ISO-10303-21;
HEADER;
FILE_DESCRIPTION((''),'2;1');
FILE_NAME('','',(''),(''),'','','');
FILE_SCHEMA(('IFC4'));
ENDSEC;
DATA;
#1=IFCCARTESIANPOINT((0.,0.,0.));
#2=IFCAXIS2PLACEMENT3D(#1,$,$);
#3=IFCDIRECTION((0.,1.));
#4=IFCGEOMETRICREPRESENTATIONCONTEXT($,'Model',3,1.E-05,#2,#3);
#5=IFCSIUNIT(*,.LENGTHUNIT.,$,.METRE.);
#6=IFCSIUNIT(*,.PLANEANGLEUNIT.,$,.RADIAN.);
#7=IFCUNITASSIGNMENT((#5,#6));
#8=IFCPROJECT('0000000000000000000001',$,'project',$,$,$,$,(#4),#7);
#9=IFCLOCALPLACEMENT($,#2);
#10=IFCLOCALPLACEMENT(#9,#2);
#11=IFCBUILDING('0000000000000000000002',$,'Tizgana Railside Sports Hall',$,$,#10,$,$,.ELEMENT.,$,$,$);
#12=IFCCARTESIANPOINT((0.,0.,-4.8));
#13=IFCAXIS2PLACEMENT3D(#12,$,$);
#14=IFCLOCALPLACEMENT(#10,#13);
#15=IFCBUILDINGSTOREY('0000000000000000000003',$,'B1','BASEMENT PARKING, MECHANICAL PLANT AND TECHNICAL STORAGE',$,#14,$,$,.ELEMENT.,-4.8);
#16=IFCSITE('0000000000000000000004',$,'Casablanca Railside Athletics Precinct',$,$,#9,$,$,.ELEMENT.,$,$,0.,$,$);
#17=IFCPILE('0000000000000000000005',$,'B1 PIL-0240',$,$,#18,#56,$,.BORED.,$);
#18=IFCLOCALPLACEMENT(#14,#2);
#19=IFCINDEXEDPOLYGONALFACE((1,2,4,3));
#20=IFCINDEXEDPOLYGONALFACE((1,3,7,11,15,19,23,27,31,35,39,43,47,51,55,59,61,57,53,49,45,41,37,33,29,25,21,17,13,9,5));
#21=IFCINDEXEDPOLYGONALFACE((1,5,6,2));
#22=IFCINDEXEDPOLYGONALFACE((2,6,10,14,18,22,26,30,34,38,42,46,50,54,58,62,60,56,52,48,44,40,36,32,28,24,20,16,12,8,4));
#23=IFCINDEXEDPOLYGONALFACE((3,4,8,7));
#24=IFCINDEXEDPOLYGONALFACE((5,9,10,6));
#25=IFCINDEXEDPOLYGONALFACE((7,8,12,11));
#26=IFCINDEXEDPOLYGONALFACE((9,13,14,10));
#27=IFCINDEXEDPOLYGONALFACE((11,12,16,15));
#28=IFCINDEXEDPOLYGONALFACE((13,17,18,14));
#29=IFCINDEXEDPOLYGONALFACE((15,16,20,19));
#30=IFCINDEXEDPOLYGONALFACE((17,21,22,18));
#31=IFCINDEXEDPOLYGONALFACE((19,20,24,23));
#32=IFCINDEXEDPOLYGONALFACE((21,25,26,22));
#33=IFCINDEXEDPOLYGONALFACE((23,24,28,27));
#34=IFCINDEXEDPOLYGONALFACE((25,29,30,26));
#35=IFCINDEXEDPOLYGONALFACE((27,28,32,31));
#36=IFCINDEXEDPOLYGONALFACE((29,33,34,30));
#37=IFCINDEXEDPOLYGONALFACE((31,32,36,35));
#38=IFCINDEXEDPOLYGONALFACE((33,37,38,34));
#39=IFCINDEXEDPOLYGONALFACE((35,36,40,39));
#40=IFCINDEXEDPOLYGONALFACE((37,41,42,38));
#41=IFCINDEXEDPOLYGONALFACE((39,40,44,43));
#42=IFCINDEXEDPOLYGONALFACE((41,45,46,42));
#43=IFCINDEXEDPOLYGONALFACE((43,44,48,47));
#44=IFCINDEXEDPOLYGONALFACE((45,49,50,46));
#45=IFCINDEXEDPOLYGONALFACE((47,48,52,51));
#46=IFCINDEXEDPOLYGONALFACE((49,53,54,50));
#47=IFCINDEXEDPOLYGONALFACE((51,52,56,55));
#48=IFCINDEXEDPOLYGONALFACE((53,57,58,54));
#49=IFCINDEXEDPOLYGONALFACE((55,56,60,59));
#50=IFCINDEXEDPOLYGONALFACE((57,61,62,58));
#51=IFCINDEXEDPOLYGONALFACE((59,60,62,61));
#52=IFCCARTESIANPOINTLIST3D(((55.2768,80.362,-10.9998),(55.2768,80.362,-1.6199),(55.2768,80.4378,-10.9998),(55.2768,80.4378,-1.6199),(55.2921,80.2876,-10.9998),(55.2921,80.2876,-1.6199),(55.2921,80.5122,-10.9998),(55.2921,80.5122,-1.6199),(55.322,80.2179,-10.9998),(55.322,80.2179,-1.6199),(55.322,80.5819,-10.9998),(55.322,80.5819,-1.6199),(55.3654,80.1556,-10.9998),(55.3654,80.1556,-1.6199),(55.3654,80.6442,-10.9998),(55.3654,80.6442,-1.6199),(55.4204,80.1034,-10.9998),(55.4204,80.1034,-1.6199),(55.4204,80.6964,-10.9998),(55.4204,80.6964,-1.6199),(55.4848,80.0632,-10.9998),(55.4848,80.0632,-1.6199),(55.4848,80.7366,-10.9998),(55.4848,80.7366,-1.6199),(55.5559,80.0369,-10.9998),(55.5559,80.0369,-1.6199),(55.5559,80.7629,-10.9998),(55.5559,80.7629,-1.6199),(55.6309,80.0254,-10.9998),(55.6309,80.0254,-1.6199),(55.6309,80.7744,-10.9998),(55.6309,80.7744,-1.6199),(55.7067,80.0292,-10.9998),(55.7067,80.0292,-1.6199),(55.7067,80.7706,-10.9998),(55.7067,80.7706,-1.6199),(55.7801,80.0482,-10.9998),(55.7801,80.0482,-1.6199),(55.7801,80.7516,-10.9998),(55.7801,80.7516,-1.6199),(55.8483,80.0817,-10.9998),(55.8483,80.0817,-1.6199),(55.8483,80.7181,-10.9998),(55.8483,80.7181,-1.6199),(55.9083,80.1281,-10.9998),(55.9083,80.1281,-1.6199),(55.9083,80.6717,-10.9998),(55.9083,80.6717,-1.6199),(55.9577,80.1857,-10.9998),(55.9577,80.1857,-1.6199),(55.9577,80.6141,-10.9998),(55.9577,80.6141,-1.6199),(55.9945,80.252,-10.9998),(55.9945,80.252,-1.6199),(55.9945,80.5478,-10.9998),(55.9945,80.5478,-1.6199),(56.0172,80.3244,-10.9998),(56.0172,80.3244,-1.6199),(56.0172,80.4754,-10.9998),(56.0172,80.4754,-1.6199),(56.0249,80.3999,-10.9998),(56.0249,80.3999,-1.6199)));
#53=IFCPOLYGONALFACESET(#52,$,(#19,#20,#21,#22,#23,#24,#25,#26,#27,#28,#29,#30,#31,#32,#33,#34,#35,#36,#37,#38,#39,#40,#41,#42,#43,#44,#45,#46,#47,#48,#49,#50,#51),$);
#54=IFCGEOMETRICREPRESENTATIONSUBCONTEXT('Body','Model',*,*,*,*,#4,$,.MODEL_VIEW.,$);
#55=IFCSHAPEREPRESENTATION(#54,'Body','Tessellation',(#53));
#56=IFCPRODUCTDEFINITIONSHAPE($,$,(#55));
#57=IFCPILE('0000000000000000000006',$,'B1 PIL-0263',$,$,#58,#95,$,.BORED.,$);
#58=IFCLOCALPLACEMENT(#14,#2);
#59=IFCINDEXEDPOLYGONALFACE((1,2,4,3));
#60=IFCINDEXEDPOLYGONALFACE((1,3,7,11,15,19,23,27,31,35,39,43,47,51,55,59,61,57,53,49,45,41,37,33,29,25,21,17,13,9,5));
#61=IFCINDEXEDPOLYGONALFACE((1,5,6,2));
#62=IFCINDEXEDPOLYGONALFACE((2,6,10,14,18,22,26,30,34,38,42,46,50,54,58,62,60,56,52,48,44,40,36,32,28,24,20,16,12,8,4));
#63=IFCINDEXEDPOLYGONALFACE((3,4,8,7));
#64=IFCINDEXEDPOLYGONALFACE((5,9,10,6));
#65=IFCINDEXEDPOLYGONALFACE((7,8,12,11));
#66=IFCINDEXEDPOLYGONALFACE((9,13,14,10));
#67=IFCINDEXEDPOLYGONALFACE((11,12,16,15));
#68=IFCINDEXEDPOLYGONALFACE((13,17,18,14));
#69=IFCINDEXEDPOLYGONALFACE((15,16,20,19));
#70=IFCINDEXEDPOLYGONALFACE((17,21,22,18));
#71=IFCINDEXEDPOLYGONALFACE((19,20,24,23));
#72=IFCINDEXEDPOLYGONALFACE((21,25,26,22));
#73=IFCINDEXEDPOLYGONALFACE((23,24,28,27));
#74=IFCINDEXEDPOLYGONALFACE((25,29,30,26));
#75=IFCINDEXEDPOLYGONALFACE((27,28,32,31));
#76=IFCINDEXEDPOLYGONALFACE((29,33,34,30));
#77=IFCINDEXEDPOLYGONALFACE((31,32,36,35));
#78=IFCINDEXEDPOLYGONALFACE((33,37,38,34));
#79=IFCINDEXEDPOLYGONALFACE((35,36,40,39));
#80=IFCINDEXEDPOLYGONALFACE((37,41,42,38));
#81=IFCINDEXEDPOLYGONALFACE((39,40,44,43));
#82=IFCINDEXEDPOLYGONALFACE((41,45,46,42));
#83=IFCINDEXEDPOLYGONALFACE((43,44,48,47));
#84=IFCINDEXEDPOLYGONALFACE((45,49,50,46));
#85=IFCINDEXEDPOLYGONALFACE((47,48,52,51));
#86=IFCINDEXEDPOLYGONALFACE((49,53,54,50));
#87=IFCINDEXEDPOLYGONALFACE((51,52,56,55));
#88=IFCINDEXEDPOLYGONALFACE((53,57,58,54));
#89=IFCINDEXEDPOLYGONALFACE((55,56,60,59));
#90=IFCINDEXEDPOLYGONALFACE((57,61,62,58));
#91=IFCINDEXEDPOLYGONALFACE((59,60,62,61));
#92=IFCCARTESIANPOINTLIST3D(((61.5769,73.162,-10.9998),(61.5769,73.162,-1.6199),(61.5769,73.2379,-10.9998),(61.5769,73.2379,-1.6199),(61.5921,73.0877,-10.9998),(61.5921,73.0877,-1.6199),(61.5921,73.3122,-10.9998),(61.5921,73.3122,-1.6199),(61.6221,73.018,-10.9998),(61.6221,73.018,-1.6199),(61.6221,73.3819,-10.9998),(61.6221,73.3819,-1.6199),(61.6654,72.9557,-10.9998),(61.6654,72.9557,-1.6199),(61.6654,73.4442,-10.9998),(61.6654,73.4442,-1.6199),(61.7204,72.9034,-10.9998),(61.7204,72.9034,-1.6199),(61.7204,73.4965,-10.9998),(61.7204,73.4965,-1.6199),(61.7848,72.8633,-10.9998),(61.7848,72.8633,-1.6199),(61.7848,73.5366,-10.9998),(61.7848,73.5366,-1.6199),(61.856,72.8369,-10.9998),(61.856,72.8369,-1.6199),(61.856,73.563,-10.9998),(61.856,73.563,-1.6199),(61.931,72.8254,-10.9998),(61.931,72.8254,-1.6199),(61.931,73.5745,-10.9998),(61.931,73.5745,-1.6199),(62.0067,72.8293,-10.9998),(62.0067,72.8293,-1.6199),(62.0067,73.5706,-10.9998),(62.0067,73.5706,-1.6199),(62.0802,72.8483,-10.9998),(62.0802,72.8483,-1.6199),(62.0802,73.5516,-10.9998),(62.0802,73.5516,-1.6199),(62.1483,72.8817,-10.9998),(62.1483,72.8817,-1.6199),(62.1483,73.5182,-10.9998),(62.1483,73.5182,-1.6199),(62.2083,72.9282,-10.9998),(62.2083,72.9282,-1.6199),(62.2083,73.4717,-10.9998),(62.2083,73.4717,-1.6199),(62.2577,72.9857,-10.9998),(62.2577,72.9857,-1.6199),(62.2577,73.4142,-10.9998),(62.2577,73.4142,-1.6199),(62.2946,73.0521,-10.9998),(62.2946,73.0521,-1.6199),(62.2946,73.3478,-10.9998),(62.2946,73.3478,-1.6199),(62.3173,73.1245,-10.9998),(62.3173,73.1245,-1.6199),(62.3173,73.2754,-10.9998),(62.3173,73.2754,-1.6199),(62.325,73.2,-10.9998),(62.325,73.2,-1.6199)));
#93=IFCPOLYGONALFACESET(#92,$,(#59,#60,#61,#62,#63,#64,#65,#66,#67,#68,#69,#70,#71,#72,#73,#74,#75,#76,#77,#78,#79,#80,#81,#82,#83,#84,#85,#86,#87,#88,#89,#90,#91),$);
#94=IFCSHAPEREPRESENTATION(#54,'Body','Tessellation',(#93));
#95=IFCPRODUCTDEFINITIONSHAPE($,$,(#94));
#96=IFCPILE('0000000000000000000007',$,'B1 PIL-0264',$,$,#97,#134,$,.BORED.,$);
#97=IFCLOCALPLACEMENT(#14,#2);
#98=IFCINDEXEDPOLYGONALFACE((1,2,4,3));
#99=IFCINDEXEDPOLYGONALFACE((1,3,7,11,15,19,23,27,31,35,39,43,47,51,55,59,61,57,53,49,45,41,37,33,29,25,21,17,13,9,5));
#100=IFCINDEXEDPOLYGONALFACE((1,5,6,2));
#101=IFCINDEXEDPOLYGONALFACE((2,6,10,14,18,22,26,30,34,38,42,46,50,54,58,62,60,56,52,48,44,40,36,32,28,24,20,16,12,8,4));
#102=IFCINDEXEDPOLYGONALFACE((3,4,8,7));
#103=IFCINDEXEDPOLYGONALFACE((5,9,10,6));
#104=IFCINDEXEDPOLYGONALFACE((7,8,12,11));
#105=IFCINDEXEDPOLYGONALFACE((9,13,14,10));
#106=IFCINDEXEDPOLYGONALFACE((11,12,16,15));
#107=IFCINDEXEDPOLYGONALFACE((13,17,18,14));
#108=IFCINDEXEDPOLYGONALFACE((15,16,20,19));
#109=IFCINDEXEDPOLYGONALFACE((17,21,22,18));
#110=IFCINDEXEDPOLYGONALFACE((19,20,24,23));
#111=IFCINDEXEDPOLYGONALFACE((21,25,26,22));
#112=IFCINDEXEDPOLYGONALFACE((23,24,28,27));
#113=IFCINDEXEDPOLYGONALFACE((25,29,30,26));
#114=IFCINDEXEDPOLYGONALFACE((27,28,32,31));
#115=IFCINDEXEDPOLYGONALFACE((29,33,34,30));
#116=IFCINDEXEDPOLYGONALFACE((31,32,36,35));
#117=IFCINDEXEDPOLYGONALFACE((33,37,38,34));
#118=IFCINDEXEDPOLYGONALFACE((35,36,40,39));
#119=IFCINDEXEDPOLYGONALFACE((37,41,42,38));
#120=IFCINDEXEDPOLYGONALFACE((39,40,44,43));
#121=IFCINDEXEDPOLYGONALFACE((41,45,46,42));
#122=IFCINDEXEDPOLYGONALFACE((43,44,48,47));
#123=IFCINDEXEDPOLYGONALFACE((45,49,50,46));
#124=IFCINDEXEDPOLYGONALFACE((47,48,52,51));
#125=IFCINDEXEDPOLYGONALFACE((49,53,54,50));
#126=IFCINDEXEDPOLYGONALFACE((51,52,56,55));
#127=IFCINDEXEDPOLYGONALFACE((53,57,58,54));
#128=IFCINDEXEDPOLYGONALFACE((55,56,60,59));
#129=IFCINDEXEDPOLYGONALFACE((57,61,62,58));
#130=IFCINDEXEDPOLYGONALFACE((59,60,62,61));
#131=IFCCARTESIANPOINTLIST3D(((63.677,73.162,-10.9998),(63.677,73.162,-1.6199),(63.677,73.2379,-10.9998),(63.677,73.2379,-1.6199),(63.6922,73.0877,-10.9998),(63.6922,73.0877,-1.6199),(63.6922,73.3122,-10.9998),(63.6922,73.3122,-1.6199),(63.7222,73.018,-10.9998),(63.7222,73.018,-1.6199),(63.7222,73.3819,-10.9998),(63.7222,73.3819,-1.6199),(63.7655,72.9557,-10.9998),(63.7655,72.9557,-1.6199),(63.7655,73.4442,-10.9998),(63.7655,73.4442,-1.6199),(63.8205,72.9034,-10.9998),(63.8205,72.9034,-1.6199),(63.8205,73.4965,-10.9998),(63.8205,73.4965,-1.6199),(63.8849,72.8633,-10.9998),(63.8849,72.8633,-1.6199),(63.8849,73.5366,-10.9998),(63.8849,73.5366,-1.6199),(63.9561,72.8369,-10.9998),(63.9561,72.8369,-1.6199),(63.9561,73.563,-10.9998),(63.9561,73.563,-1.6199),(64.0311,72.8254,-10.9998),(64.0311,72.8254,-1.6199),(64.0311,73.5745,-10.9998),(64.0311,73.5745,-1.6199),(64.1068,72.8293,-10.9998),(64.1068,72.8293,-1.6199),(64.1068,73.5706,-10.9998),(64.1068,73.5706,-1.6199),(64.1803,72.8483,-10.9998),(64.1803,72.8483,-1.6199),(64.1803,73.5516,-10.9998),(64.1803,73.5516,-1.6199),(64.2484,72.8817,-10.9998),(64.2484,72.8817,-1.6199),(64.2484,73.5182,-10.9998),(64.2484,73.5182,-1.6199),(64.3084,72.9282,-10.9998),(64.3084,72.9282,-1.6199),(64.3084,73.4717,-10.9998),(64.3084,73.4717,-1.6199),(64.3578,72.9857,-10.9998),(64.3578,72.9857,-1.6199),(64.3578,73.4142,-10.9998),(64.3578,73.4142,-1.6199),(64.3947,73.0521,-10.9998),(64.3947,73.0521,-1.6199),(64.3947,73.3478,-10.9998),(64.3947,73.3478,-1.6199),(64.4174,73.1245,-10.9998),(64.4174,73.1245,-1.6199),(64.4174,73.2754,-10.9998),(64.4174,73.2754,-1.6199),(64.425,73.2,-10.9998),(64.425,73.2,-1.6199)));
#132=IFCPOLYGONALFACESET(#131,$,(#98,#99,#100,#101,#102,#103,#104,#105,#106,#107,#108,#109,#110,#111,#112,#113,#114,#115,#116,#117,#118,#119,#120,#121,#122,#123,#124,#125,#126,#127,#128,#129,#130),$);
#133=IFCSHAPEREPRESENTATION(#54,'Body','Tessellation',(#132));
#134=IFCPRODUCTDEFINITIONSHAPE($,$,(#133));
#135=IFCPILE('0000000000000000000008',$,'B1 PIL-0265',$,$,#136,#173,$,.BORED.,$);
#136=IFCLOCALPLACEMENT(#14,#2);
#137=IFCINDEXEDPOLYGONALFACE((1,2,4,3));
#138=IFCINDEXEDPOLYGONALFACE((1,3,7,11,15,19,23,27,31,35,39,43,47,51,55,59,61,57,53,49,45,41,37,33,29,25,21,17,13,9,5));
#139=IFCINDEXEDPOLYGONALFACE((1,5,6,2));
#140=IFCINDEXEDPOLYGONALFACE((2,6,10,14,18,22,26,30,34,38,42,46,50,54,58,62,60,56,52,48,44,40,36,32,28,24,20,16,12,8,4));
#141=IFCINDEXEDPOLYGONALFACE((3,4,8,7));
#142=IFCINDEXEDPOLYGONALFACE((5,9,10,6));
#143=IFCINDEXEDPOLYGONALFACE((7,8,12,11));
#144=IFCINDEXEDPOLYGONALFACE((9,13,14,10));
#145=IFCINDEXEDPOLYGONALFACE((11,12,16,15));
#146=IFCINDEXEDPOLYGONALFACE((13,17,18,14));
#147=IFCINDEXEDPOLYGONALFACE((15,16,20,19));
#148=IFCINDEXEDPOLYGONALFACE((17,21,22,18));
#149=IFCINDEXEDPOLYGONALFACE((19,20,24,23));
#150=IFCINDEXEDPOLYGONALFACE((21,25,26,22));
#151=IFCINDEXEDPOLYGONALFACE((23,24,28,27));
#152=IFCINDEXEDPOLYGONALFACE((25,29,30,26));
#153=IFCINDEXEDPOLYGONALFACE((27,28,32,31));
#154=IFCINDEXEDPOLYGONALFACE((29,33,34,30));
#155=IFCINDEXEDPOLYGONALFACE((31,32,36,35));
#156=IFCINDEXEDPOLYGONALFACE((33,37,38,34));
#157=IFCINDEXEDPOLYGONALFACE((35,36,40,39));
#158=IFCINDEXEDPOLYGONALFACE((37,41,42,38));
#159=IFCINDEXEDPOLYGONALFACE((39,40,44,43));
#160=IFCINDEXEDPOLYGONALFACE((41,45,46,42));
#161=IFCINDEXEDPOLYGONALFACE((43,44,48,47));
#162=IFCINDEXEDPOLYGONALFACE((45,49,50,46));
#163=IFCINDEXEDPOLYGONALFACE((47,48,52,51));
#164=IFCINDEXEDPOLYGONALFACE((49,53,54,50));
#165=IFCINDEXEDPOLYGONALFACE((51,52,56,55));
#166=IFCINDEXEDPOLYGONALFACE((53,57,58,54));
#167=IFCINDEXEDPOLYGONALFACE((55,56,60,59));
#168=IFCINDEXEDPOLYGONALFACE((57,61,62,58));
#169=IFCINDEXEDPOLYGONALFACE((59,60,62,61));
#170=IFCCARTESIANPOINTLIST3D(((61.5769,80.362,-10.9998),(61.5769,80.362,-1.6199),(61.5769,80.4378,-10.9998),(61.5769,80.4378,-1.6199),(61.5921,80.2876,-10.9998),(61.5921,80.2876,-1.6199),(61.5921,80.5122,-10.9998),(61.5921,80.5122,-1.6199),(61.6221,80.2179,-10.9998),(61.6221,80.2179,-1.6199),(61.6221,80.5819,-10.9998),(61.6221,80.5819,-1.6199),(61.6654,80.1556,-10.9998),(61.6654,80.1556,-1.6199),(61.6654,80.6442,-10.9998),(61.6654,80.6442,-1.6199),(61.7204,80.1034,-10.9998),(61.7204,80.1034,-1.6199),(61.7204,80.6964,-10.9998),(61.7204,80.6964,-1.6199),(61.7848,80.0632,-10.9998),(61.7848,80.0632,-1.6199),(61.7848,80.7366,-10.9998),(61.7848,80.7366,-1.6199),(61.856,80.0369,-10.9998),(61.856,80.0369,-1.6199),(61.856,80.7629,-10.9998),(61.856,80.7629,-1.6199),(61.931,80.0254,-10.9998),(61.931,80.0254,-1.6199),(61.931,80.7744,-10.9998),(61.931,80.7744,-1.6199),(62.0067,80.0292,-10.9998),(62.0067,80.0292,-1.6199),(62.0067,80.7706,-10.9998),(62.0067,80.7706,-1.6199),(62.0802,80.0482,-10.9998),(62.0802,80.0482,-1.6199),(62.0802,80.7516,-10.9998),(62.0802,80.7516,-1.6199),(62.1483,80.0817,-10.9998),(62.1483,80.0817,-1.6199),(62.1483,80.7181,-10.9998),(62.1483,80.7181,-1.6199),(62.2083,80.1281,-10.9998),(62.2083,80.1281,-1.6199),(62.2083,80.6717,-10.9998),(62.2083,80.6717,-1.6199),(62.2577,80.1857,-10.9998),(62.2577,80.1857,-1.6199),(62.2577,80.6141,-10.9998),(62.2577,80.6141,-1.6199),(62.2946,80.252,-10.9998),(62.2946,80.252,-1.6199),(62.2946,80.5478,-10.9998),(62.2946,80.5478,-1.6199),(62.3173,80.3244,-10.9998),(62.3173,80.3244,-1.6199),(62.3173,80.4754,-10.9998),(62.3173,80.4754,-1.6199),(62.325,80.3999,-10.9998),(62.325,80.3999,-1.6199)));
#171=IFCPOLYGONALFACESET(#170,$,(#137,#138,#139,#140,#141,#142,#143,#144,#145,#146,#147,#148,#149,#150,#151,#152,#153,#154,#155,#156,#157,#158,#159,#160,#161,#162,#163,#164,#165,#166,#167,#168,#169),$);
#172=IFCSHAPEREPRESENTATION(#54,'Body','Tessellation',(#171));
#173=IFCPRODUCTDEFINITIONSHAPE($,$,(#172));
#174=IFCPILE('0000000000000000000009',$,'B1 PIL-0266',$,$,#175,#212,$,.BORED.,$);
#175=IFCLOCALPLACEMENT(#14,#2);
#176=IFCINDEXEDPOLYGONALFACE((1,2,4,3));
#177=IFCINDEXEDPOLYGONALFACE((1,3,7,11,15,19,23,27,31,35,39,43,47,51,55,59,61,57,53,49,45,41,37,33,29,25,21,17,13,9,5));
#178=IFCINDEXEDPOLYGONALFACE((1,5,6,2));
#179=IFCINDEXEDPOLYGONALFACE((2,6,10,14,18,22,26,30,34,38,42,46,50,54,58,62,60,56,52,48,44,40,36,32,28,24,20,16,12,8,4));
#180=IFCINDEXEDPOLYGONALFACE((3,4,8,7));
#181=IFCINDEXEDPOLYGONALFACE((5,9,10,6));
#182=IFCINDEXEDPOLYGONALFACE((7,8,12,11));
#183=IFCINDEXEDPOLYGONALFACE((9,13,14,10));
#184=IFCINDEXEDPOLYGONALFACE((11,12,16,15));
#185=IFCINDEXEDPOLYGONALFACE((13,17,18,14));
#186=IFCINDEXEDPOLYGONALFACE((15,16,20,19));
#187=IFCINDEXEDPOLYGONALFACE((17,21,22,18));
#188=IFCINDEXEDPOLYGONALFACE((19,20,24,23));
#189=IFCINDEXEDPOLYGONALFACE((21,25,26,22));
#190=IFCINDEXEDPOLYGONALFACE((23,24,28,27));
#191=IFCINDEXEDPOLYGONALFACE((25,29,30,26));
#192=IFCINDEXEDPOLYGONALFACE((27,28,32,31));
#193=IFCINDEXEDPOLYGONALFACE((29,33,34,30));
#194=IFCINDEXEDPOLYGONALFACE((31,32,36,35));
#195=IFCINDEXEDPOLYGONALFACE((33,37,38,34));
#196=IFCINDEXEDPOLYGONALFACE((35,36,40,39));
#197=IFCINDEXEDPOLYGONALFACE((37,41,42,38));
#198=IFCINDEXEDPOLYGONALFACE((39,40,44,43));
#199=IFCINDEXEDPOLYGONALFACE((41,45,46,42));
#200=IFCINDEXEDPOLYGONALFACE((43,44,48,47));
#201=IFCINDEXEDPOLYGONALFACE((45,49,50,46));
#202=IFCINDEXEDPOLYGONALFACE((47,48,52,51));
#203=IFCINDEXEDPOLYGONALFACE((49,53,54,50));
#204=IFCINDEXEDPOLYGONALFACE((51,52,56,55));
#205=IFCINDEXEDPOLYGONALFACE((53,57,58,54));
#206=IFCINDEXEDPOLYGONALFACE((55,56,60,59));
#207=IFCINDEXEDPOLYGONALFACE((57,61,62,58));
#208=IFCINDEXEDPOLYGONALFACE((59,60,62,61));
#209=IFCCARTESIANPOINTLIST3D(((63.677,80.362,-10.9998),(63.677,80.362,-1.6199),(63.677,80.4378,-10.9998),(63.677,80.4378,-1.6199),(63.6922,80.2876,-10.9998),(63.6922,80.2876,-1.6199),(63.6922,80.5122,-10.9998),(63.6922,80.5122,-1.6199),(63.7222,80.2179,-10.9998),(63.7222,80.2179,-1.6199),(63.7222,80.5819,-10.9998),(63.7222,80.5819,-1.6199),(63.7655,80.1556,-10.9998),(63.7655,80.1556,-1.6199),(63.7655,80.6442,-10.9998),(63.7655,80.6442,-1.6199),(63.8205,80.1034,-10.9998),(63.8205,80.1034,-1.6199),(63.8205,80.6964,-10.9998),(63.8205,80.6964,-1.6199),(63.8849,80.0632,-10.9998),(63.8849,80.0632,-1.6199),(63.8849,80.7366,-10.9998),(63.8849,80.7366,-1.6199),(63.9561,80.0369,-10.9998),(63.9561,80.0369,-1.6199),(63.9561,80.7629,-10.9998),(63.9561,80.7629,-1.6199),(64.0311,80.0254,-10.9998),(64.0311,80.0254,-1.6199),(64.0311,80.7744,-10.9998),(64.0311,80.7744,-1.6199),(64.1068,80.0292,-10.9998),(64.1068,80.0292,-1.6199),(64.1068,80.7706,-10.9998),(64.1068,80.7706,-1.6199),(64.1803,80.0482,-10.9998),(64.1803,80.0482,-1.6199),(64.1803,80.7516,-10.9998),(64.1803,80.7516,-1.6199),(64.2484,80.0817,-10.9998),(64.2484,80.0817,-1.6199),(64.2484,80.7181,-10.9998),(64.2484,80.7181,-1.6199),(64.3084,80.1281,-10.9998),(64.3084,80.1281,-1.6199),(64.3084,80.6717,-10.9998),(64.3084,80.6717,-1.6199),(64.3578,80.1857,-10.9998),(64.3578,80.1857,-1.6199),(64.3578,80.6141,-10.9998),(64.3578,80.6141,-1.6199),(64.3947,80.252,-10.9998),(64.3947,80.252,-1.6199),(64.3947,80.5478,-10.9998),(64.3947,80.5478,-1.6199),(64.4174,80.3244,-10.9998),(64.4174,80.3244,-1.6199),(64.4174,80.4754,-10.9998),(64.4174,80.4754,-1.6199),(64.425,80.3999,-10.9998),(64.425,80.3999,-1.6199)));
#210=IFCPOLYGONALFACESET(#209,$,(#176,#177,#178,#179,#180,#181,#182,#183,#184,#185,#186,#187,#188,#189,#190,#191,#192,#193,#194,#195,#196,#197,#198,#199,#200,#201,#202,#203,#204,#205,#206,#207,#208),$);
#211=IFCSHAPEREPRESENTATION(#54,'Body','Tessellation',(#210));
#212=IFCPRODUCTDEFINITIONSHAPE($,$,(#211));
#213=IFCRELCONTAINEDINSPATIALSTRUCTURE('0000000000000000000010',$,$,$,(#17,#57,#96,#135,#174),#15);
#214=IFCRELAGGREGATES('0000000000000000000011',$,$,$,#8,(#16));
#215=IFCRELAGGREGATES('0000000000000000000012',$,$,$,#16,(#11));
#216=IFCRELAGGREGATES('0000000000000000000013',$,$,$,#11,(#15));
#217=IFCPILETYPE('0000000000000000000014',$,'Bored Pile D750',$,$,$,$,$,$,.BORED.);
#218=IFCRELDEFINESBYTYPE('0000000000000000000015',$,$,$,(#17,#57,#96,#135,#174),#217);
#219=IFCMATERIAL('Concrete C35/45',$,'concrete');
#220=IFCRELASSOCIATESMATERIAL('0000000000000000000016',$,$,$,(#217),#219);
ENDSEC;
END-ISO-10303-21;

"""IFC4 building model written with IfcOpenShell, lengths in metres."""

from ifc_helpers import new_model, si_unit, direction, frame, origin, origin_2d, place, context, subcontext, project, spatial, circle, extrude, material, material_profile, profile_set, type_object, element, save


model = new_model("IFC4")

# Units and contexts
model_context = context("Model", 3, precision=1e-05, world=origin(), true_north=direction((0.0, 1.0)))
body_context = subcontext(model_context, "Body", "Model", "MODEL_VIEW")
ifc_project = project(units=[si_unit("LENGTHUNIT", "METRE"), si_unit("PLANEANGLEUNIT", "RADIAN")], contexts=[model_context])

# Site, building, storey
site_placement = place(None, origin())
site = spatial("IfcSite", under=ifc_project, at=site_placement, Name="Casablanca Railside Athletics Precinct", CompositionType="ELEMENT", RefElevation=0.0)
building_placement = place(site_placement, origin())
building = spatial("IfcBuilding", under=site, at=building_placement, Name="Tizgana Railside Sports Hall", CompositionType="ELEMENT")
storey_placement = place(building_placement, frame((0.0, 0.0, -4.8)))
storey = spatial("IfcBuildingStorey", under=building, at=storey_placement, Name="B1", Description="BASEMENT PARKING, MECHANICAL PLANT AND TECHNICAL STORAGE", CompositionType="ELEMENT", Elevation=-4.8)

# Piles
ifc_material_1 = material(Name="Concrete C35/45", Category="concrete")
ifc_material_profile_1 = material_profile(ifc_material_1, circle(Radius=0.375, at=origin_2d()), Name="PILE D750")
ifc_profile_set_1 = profile_set([ifc_material_profile_1], Name="Concrete C35/45")
pile_type_1 = type_object("IfcPileType", Name="Bored Pile D750", PredefinedType="BORED", material=ifc_profile_set_1)
for number, where, z_axis, x_axis, name in (
    (1, (55.6499, 80.3999, -1.6199), (0.0, 0.0, -1.0), (1.0, 0.0, 0.0), "B1 PIL-0240"),
    (2, (61.95, 73.2, -1.6199), (0.0, 0.0, -1.0), (1.0, 0.0, 0.0), "B1 PIL-0263"),
    (3, (64.05, 73.2, -1.6199), (0.0, 0.0, -1.0), (1.0, 0.0, 0.0), "B1 PIL-0264"),
    (4, (61.95, 80.3999, -1.6199), (0.0, 0.0, -1.0), (1.0, 0.0, 0.0), "B1 PIL-0265"),
    (5, (64.05, 80.3999, -1.6199), (0.0, 0.0, -1.0), (1.0, 0.0, 0.0), "B1 PIL-0266"),
):
    element("IfcPile", number, at=place(storey_placement, frame(where, z_axis=z_axis, x_axis=x_axis)), inside=storey, type_object=pile_type_1, Name=name, PredefinedType="BORED", context=body_context, shape_type="SweptSolid", body=[
        extrude(circle(Radius=0.375, at=origin_2d()), origin(), (0.0, 0.0, 1.0), 9.3799),
    ])

save(model, "model.ifc")
